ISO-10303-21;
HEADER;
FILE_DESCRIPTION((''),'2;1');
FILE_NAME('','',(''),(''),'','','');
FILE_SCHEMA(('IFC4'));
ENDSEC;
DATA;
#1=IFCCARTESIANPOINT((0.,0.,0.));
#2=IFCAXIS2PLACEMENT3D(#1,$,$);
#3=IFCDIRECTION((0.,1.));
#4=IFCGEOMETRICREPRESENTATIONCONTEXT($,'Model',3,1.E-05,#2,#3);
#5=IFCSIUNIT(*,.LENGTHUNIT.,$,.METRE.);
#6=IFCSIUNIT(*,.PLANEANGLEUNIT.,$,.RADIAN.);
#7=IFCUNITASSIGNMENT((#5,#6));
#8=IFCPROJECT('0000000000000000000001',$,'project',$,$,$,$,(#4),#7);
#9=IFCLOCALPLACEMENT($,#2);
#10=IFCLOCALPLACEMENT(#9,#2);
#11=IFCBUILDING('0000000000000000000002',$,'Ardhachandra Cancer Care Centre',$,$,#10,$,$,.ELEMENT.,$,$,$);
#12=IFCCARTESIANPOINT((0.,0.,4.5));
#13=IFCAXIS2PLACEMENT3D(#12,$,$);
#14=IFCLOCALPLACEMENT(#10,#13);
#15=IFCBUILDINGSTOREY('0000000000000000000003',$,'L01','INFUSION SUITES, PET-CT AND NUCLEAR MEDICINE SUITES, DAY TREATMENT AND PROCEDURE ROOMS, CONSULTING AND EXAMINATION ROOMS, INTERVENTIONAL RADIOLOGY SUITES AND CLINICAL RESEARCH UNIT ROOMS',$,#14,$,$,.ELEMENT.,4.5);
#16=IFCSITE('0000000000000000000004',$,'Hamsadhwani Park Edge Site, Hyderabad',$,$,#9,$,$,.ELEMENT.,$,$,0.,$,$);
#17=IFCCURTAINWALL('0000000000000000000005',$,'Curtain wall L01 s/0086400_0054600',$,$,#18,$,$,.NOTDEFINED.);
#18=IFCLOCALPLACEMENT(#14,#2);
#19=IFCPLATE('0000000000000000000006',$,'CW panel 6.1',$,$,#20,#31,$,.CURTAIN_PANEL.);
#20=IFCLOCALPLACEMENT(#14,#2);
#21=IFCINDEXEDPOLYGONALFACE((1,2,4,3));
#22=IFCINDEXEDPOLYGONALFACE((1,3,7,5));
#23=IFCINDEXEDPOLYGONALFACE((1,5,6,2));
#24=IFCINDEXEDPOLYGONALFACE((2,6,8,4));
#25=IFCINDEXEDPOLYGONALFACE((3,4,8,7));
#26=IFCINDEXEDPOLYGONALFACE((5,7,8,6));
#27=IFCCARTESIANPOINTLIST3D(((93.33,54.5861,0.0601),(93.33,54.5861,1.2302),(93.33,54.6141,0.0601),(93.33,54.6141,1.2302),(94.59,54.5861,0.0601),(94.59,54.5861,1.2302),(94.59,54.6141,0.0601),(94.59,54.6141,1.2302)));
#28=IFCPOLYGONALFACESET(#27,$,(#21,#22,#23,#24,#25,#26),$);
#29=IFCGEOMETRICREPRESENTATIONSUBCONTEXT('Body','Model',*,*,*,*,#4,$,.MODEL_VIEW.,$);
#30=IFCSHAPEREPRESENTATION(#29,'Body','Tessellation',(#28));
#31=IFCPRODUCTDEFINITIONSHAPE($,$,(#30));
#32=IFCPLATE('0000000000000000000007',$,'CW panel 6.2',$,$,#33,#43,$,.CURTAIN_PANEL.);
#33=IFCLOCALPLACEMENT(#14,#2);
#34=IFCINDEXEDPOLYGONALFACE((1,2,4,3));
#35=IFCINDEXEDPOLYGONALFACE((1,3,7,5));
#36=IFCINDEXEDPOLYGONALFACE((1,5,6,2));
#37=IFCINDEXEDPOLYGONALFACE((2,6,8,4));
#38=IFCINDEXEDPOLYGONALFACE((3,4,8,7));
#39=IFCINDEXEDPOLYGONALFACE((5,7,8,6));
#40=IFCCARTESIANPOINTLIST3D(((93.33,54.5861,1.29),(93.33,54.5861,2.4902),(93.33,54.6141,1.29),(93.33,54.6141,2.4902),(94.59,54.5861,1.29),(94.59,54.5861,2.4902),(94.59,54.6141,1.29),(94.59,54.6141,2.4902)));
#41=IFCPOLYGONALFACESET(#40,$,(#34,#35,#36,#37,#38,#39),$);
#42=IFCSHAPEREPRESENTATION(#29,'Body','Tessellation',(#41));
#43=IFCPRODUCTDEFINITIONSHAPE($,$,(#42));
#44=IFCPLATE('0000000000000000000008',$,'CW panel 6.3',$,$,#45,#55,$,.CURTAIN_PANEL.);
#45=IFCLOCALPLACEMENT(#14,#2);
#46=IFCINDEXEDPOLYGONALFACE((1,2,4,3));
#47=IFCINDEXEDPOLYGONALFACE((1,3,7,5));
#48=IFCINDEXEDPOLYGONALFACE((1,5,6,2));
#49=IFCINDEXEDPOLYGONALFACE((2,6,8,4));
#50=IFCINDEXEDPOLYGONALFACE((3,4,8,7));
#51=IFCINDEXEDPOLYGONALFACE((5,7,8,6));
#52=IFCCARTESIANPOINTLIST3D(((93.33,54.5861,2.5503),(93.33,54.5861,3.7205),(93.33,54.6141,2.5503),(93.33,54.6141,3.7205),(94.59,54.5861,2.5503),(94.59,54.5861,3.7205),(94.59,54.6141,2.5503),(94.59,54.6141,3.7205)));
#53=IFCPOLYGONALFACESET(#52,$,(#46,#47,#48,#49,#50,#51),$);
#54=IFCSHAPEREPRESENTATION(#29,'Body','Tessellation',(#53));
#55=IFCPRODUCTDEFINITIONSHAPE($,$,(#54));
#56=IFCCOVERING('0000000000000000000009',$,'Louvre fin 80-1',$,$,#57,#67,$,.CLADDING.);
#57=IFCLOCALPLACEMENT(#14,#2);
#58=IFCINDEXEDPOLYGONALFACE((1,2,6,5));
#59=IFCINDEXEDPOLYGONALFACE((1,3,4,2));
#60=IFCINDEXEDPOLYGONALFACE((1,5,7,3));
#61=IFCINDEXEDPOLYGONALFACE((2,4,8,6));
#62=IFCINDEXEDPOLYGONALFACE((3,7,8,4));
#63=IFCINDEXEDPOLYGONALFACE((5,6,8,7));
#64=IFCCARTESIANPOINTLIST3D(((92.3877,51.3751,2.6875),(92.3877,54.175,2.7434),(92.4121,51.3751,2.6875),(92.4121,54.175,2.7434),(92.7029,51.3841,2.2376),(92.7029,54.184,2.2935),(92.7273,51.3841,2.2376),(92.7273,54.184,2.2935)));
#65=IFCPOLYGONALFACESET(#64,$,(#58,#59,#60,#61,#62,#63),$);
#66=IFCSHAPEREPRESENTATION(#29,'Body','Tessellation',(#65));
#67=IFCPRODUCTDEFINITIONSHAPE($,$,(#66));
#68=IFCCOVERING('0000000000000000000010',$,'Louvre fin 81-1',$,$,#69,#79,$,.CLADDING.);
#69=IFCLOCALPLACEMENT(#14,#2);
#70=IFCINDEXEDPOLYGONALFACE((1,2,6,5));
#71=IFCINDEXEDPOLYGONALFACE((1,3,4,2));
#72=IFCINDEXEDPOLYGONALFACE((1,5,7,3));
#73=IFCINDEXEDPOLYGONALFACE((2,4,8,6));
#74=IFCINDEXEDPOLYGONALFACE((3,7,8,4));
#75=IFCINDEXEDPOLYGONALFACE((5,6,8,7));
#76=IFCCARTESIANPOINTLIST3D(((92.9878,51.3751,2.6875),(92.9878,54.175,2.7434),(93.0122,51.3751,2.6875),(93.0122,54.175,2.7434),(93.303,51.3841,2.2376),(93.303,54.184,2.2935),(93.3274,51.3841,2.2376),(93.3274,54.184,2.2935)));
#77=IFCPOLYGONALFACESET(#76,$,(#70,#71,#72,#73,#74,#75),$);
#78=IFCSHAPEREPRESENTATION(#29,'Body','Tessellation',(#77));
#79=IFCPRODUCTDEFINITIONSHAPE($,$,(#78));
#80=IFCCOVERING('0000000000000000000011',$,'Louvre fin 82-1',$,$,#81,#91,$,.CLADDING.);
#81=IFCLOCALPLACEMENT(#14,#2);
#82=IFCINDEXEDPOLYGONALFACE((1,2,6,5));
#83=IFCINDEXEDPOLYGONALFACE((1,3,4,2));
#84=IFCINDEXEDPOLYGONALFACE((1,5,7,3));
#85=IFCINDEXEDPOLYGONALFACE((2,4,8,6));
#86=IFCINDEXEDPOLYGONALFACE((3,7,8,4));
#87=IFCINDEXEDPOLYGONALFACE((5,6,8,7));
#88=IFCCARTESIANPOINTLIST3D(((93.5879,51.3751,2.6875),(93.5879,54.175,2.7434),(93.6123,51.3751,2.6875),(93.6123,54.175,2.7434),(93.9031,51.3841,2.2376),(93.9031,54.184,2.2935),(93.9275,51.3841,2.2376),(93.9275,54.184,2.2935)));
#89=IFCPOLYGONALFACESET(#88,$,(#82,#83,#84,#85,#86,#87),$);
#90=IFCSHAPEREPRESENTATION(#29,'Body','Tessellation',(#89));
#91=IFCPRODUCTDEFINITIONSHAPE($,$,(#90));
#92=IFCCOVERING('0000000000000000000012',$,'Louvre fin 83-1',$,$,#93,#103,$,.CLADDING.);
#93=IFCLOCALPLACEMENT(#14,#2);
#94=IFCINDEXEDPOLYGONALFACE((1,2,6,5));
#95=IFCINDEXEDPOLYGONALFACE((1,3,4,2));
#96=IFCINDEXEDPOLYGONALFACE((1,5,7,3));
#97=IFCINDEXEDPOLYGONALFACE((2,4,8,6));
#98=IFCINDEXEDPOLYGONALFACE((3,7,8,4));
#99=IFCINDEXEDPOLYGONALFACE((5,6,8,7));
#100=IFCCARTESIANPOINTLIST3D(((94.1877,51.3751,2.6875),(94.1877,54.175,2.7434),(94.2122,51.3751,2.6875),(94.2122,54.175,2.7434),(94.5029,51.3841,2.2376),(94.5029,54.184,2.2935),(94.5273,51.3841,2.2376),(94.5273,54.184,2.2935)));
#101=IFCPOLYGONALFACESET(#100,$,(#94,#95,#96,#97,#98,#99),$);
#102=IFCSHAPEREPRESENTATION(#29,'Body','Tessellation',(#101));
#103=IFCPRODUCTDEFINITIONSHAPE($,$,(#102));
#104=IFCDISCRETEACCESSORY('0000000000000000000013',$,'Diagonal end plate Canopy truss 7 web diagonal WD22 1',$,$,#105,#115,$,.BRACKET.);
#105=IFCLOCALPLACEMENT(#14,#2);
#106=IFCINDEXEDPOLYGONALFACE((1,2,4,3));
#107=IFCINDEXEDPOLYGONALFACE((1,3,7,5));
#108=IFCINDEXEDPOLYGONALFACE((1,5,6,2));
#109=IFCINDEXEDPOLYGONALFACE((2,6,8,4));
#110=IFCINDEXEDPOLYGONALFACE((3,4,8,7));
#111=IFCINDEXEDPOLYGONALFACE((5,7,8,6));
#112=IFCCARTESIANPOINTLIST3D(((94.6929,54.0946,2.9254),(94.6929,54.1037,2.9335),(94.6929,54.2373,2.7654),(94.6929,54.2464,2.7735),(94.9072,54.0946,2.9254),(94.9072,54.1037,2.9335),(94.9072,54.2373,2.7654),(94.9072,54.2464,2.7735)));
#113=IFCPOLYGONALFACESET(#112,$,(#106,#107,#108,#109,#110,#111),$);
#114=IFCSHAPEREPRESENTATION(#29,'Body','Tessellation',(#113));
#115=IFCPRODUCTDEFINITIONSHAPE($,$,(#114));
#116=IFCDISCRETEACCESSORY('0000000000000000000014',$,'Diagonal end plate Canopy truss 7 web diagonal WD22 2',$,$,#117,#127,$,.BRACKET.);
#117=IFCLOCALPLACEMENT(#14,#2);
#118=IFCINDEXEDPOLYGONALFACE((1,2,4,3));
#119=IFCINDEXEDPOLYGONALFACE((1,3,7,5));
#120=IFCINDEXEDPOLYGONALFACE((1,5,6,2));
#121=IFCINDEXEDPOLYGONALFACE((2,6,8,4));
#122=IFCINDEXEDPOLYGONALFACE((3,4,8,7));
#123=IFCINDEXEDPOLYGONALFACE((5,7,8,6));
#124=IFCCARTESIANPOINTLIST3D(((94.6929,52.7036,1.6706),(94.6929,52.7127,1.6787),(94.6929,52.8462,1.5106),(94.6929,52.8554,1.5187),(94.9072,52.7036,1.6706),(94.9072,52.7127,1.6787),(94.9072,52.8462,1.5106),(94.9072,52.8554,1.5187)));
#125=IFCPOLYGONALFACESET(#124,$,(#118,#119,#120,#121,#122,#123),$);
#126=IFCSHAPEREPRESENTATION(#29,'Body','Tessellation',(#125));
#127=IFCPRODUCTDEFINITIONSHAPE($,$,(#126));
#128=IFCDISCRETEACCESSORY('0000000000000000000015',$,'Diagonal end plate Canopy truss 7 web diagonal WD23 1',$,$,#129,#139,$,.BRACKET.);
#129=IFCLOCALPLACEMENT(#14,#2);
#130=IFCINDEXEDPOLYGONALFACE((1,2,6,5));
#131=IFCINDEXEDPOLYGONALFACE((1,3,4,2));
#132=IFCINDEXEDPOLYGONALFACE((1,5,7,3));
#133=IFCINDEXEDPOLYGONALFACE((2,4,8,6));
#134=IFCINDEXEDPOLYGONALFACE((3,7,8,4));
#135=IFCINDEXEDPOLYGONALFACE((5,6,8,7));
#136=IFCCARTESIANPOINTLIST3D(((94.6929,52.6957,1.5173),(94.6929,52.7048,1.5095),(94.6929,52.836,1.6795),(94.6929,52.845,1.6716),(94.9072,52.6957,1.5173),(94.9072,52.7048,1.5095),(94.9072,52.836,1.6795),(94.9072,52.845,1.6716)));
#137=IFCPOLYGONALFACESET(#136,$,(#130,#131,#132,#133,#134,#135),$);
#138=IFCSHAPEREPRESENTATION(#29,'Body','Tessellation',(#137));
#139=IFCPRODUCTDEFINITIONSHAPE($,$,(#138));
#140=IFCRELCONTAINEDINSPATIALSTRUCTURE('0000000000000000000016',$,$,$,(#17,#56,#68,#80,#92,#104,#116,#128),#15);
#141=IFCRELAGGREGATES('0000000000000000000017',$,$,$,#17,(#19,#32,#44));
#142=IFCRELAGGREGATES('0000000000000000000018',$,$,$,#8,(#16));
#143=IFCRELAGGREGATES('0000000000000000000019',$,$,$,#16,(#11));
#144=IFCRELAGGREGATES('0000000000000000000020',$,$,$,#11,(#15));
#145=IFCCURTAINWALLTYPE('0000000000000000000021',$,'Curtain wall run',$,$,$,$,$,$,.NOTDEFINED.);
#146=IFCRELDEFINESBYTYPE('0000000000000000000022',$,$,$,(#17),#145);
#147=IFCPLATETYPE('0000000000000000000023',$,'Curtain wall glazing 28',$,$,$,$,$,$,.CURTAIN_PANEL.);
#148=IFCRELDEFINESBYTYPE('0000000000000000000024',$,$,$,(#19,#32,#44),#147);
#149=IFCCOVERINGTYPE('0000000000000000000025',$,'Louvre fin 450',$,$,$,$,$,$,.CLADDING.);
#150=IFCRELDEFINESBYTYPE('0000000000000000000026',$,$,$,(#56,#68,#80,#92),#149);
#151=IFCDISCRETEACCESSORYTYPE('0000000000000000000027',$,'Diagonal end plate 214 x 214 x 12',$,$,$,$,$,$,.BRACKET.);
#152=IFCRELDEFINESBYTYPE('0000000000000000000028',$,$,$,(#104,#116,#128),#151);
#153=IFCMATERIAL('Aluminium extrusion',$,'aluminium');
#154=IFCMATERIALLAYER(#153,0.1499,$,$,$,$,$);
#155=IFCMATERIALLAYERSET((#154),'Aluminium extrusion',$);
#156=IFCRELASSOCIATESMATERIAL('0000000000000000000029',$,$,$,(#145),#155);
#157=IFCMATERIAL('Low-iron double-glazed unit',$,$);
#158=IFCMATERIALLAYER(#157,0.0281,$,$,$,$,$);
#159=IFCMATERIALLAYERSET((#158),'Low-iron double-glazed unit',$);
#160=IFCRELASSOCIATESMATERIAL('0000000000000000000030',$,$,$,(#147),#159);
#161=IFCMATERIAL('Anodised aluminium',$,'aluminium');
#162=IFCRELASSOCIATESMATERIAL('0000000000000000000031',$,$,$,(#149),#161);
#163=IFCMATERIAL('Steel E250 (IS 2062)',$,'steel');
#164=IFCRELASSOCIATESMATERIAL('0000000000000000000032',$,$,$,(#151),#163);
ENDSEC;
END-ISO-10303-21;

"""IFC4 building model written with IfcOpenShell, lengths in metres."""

from ifc_helpers import new_model, si_unit, direction, frame, origin, origin_2d, place, context, subcontext, project, spatial, polyline, rectangle, outline, extrude, material, layer, layer_set, material_profile, profile_set, type_object, element, aggregate, save


model = new_model("IFC4")

# Units and contexts
model_context = context("Model", 3, precision=1e-05, world=origin(), true_north=direction((0.0, 1.0)))
body_context = subcontext(model_context, "Body", "Model", "MODEL_VIEW")
ifc_project = project(units=[si_unit("LENGTHUNIT", "METRE"), si_unit("PLANEANGLEUNIT", "RADIAN")], contexts=[model_context])

# Site, building, storey
site_placement = place(None, origin())
site = spatial("IfcSite", under=ifc_project, at=site_placement, Name="Hamsadhwani Park Edge Site, Hyderabad", CompositionType="ELEMENT", RefElevation=0.0)
building_placement = place(site_placement, origin())
building = spatial("IfcBuilding", under=site, at=building_placement, Name="Ardhachandra Cancer Care Centre", CompositionType="ELEMENT")
storey_placement = place(building_placement, frame((0.0, 0.0, 4.5)))
storey = spatial("IfcBuildingStorey", under=building, at=storey_placement, Name="L01", Description="INFUSION SUITES, PET-CT AND NUCLEAR MEDICINE SUITES, DAY TREATMENT AND PROCEDURE ROOMS, CONSULTING AND EXAMINATION ROOMS, INTERVENTIONAL RADIOLOGY SUITES AND CLINICAL RESEARCH UNIT ROOMS", CompositionType="ELEMENT", Elevation=4.5)

# Curtain wall
ifc_material_1 = material(Name="Aluminium extrusion", Category="aluminium")
ifc_layer_1 = layer(ifc_material_1, 0.1499)
ifc_layer_set_1 = layer_set([ifc_layer_1], Name="Aluminium extrusion")
curtain_wall_type = type_object("IfcCurtainWallType", Name="Curtain wall run", PredefinedType="NOTDEFINED", material=ifc_layer_set_1)
curtain_wall_1_placement = place(storey_placement, origin())
curtain_wall_1 = element("IfcCurtainWall", 1, at=curtain_wall_1_placement, inside=storey, type_object=curtain_wall_type, Name="Curtain wall L01 s/0086400_0054600", PredefinedType="NOTDEFINED")

# Plates
ifc_material_2 = material(Name="Low-iron double-glazed unit")
ifc_layer_2 = layer(ifc_material_2, 0.0281)
ifc_layer_set_2 = layer_set([ifc_layer_2], Name="Low-iron double-glazed unit")
plate_type = type_object("IfcPlateType", Name="Curtain wall glazing 28", PredefinedType="CURTAIN_PANEL", material=ifc_layer_set_2)
plate_1_placement = place(storey_placement, frame((93.96, 54.6001, 0.0601), z_axis=(0.0, 0.0, 1.0), x_axis=(1.0, 0.0, 0.0)))
plate_1 = element("IfcPlate", 2, at=plate_1_placement, type_object=plate_type, Name="CW panel 6.1", PredefinedType="CURTAIN_PANEL", context=body_context, shape_type="SweptSolid", body=[
    extrude(rectangle(XDim=1.26, YDim=0.0281, at=origin_2d()), origin(), (0.0, 0.0, 1.0), 1.1702),
])
plate_2_placement = place(storey_placement, frame((93.96, 54.6001, 1.29), z_axis=(0.0, 0.0, 1.0), x_axis=(1.0, 0.0, 0.0)))
plate_2 = element("IfcPlate", 3, at=plate_2_placement, type_object=plate_type, Name="CW panel 6.2", PredefinedType="CURTAIN_PANEL", context=body_context, shape_type="SweptSolid", body=[
    extrude(rectangle(XDim=1.26, YDim=0.0281, at=origin_2d()), origin(), (0.0, 0.0, 1.0), 1.2002),
])
plate_3_placement = place(storey_placement, frame((93.96, 54.6001, 2.5503), z_axis=(0.0, 0.0, 1.0), x_axis=(1.0, 0.0, 0.0)))
plate_3 = element("IfcPlate", 4, at=plate_3_placement, type_object=plate_type, Name="CW panel 6.3", PredefinedType="CURTAIN_PANEL", context=body_context, shape_type="SweptSolid", body=[
    extrude(rectangle(XDim=1.26, YDim=0.0281, at=origin_2d()), origin(), (0.0, 0.0, 1.0), 1.1702),
])
aggregate(curtain_wall_1, [plate_1, plate_2, plate_3])

# Coverings
ifc_material_3 = material(Name="Anodised aluminium", Category="aluminium")
ifc_material_profile_1 = material_profile(ifc_material_3, outline(polyline([(-0.0122, 0.0), (0.0122, 0.0), (0.3274, -0.45), (0.303, -0.45), (-0.0122, 0.0)])), Name="Louvre fin 450")
ifc_profile_set_1 = profile_set([ifc_material_profile_1], Name="Anodised aluminium")
covering_type = type_object("IfcCoveringType", Name="Louvre fin 450", PredefinedType="CLADDING", material=ifc_profile_set_1)
for number, where, z_axis, x_axis, name in (
    (5, (92.3999, 54.175, 2.7434), (0.0, -0.999801, -0.019963), (1.0, 0.0, 0.0), "Louvre fin 80-1"),
    (6, (93.0, 54.175, 2.7434), (0.0, -0.999801, -0.019963), (1.0, 0.0, 0.0), "Louvre fin 81-1"),
    (7, (93.6001, 54.175, 2.7434), (0.0, -0.999801, -0.019963), (1.0, 0.0, 0.0), "Louvre fin 82-1"),
    (8, (94.2, 54.175, 2.7434), (0.0, -0.999801, -0.019963), (1.0, 0.0, 0.0), "Louvre fin 83-1"),
):
    element("IfcCovering", number, at=place(storey_placement, frame(where, z_axis=z_axis, x_axis=x_axis)), inside=storey, type_object=covering_type, Name=name, PredefinedType="CLADDING", context=body_context, shape_type="SweptSolid", body=[
        extrude(outline(polyline([(-0.0122, 0.0), (0.0122, 0.0), (0.3274, -0.45), (0.303, -0.45), (-0.0122, 0.0)])), origin(), (0.0, 0.0, 1.0), 2.8005),
    ])

# Discrete accessories
ifc_material_4 = material(Name="Steel E250 (IS 2062)", Category="steel")
ifc_material_profile_2 = material_profile(ifc_material_4, rectangle(XDim=0.2144, YDim=0.2144, at=origin_2d()), Name="PL 214x214x12")
ifc_profile_set_2 = profile_set([ifc_material_profile_2], Name="Steel E250 (IS 2062)")
discrete_accessory_type = type_object("IfcDiscreteAccessoryType", Name="Diagonal end plate 214 x 214 x 12", PredefinedType="BRACKET", material=ifc_profile_set_2)
for number, where, z_axis, x_axis, name in (
    (9, (94.8, 54.175, 2.8535), (0.0, -0.746295, -0.665615), (1.0, 0.0, 0.0), "Diagonal end plate Canopy truss 7 web diagonal WD22 1"),
    (10, (94.8, 52.7749, 1.5906), (0.0, 0.746295, 0.665615), (-1.0, 0.0, 0.0), "Diagonal end plate Canopy truss 7 web diagonal WD22 2"),
):
    element("IfcDiscreteAccessory", number, at=place(storey_placement, frame(where, z_axis=z_axis, x_axis=x_axis)), inside=storey, type_object=discrete_accessory_type, Name=name, PredefinedType="BRACKET", context=body_context, shape_type="SweptSolid", body=[
        extrude(rectangle(XDim=0.2144, YDim=0.2144, at=origin_2d()), origin(), (0.0, 0.0, 1.0), 0.0122),
    ])
discrete_accessory_placement = place(storey_placement, frame((94.8, 52.7749, 1.5906), z_axis=(0.0, -0.756363, 0.654152), x_axis=(1.0, 0.0, 0.0)))
element("IfcDiscreteAccessory", 11, at=discrete_accessory_placement, inside=storey, type_object=discrete_accessory_type, Name="Diagonal end plate Canopy truss 7 web diagonal WD23 1", PredefinedType="BRACKET", context=body_context, shape_type="SweptSolid", body=[
    extrude(rectangle(XDim=0.2144, YDim=0.2144, at=origin_2d()), origin(), (0.0, 0.0, 1.0), 0.012),
])

save(model, "model.ifc")
